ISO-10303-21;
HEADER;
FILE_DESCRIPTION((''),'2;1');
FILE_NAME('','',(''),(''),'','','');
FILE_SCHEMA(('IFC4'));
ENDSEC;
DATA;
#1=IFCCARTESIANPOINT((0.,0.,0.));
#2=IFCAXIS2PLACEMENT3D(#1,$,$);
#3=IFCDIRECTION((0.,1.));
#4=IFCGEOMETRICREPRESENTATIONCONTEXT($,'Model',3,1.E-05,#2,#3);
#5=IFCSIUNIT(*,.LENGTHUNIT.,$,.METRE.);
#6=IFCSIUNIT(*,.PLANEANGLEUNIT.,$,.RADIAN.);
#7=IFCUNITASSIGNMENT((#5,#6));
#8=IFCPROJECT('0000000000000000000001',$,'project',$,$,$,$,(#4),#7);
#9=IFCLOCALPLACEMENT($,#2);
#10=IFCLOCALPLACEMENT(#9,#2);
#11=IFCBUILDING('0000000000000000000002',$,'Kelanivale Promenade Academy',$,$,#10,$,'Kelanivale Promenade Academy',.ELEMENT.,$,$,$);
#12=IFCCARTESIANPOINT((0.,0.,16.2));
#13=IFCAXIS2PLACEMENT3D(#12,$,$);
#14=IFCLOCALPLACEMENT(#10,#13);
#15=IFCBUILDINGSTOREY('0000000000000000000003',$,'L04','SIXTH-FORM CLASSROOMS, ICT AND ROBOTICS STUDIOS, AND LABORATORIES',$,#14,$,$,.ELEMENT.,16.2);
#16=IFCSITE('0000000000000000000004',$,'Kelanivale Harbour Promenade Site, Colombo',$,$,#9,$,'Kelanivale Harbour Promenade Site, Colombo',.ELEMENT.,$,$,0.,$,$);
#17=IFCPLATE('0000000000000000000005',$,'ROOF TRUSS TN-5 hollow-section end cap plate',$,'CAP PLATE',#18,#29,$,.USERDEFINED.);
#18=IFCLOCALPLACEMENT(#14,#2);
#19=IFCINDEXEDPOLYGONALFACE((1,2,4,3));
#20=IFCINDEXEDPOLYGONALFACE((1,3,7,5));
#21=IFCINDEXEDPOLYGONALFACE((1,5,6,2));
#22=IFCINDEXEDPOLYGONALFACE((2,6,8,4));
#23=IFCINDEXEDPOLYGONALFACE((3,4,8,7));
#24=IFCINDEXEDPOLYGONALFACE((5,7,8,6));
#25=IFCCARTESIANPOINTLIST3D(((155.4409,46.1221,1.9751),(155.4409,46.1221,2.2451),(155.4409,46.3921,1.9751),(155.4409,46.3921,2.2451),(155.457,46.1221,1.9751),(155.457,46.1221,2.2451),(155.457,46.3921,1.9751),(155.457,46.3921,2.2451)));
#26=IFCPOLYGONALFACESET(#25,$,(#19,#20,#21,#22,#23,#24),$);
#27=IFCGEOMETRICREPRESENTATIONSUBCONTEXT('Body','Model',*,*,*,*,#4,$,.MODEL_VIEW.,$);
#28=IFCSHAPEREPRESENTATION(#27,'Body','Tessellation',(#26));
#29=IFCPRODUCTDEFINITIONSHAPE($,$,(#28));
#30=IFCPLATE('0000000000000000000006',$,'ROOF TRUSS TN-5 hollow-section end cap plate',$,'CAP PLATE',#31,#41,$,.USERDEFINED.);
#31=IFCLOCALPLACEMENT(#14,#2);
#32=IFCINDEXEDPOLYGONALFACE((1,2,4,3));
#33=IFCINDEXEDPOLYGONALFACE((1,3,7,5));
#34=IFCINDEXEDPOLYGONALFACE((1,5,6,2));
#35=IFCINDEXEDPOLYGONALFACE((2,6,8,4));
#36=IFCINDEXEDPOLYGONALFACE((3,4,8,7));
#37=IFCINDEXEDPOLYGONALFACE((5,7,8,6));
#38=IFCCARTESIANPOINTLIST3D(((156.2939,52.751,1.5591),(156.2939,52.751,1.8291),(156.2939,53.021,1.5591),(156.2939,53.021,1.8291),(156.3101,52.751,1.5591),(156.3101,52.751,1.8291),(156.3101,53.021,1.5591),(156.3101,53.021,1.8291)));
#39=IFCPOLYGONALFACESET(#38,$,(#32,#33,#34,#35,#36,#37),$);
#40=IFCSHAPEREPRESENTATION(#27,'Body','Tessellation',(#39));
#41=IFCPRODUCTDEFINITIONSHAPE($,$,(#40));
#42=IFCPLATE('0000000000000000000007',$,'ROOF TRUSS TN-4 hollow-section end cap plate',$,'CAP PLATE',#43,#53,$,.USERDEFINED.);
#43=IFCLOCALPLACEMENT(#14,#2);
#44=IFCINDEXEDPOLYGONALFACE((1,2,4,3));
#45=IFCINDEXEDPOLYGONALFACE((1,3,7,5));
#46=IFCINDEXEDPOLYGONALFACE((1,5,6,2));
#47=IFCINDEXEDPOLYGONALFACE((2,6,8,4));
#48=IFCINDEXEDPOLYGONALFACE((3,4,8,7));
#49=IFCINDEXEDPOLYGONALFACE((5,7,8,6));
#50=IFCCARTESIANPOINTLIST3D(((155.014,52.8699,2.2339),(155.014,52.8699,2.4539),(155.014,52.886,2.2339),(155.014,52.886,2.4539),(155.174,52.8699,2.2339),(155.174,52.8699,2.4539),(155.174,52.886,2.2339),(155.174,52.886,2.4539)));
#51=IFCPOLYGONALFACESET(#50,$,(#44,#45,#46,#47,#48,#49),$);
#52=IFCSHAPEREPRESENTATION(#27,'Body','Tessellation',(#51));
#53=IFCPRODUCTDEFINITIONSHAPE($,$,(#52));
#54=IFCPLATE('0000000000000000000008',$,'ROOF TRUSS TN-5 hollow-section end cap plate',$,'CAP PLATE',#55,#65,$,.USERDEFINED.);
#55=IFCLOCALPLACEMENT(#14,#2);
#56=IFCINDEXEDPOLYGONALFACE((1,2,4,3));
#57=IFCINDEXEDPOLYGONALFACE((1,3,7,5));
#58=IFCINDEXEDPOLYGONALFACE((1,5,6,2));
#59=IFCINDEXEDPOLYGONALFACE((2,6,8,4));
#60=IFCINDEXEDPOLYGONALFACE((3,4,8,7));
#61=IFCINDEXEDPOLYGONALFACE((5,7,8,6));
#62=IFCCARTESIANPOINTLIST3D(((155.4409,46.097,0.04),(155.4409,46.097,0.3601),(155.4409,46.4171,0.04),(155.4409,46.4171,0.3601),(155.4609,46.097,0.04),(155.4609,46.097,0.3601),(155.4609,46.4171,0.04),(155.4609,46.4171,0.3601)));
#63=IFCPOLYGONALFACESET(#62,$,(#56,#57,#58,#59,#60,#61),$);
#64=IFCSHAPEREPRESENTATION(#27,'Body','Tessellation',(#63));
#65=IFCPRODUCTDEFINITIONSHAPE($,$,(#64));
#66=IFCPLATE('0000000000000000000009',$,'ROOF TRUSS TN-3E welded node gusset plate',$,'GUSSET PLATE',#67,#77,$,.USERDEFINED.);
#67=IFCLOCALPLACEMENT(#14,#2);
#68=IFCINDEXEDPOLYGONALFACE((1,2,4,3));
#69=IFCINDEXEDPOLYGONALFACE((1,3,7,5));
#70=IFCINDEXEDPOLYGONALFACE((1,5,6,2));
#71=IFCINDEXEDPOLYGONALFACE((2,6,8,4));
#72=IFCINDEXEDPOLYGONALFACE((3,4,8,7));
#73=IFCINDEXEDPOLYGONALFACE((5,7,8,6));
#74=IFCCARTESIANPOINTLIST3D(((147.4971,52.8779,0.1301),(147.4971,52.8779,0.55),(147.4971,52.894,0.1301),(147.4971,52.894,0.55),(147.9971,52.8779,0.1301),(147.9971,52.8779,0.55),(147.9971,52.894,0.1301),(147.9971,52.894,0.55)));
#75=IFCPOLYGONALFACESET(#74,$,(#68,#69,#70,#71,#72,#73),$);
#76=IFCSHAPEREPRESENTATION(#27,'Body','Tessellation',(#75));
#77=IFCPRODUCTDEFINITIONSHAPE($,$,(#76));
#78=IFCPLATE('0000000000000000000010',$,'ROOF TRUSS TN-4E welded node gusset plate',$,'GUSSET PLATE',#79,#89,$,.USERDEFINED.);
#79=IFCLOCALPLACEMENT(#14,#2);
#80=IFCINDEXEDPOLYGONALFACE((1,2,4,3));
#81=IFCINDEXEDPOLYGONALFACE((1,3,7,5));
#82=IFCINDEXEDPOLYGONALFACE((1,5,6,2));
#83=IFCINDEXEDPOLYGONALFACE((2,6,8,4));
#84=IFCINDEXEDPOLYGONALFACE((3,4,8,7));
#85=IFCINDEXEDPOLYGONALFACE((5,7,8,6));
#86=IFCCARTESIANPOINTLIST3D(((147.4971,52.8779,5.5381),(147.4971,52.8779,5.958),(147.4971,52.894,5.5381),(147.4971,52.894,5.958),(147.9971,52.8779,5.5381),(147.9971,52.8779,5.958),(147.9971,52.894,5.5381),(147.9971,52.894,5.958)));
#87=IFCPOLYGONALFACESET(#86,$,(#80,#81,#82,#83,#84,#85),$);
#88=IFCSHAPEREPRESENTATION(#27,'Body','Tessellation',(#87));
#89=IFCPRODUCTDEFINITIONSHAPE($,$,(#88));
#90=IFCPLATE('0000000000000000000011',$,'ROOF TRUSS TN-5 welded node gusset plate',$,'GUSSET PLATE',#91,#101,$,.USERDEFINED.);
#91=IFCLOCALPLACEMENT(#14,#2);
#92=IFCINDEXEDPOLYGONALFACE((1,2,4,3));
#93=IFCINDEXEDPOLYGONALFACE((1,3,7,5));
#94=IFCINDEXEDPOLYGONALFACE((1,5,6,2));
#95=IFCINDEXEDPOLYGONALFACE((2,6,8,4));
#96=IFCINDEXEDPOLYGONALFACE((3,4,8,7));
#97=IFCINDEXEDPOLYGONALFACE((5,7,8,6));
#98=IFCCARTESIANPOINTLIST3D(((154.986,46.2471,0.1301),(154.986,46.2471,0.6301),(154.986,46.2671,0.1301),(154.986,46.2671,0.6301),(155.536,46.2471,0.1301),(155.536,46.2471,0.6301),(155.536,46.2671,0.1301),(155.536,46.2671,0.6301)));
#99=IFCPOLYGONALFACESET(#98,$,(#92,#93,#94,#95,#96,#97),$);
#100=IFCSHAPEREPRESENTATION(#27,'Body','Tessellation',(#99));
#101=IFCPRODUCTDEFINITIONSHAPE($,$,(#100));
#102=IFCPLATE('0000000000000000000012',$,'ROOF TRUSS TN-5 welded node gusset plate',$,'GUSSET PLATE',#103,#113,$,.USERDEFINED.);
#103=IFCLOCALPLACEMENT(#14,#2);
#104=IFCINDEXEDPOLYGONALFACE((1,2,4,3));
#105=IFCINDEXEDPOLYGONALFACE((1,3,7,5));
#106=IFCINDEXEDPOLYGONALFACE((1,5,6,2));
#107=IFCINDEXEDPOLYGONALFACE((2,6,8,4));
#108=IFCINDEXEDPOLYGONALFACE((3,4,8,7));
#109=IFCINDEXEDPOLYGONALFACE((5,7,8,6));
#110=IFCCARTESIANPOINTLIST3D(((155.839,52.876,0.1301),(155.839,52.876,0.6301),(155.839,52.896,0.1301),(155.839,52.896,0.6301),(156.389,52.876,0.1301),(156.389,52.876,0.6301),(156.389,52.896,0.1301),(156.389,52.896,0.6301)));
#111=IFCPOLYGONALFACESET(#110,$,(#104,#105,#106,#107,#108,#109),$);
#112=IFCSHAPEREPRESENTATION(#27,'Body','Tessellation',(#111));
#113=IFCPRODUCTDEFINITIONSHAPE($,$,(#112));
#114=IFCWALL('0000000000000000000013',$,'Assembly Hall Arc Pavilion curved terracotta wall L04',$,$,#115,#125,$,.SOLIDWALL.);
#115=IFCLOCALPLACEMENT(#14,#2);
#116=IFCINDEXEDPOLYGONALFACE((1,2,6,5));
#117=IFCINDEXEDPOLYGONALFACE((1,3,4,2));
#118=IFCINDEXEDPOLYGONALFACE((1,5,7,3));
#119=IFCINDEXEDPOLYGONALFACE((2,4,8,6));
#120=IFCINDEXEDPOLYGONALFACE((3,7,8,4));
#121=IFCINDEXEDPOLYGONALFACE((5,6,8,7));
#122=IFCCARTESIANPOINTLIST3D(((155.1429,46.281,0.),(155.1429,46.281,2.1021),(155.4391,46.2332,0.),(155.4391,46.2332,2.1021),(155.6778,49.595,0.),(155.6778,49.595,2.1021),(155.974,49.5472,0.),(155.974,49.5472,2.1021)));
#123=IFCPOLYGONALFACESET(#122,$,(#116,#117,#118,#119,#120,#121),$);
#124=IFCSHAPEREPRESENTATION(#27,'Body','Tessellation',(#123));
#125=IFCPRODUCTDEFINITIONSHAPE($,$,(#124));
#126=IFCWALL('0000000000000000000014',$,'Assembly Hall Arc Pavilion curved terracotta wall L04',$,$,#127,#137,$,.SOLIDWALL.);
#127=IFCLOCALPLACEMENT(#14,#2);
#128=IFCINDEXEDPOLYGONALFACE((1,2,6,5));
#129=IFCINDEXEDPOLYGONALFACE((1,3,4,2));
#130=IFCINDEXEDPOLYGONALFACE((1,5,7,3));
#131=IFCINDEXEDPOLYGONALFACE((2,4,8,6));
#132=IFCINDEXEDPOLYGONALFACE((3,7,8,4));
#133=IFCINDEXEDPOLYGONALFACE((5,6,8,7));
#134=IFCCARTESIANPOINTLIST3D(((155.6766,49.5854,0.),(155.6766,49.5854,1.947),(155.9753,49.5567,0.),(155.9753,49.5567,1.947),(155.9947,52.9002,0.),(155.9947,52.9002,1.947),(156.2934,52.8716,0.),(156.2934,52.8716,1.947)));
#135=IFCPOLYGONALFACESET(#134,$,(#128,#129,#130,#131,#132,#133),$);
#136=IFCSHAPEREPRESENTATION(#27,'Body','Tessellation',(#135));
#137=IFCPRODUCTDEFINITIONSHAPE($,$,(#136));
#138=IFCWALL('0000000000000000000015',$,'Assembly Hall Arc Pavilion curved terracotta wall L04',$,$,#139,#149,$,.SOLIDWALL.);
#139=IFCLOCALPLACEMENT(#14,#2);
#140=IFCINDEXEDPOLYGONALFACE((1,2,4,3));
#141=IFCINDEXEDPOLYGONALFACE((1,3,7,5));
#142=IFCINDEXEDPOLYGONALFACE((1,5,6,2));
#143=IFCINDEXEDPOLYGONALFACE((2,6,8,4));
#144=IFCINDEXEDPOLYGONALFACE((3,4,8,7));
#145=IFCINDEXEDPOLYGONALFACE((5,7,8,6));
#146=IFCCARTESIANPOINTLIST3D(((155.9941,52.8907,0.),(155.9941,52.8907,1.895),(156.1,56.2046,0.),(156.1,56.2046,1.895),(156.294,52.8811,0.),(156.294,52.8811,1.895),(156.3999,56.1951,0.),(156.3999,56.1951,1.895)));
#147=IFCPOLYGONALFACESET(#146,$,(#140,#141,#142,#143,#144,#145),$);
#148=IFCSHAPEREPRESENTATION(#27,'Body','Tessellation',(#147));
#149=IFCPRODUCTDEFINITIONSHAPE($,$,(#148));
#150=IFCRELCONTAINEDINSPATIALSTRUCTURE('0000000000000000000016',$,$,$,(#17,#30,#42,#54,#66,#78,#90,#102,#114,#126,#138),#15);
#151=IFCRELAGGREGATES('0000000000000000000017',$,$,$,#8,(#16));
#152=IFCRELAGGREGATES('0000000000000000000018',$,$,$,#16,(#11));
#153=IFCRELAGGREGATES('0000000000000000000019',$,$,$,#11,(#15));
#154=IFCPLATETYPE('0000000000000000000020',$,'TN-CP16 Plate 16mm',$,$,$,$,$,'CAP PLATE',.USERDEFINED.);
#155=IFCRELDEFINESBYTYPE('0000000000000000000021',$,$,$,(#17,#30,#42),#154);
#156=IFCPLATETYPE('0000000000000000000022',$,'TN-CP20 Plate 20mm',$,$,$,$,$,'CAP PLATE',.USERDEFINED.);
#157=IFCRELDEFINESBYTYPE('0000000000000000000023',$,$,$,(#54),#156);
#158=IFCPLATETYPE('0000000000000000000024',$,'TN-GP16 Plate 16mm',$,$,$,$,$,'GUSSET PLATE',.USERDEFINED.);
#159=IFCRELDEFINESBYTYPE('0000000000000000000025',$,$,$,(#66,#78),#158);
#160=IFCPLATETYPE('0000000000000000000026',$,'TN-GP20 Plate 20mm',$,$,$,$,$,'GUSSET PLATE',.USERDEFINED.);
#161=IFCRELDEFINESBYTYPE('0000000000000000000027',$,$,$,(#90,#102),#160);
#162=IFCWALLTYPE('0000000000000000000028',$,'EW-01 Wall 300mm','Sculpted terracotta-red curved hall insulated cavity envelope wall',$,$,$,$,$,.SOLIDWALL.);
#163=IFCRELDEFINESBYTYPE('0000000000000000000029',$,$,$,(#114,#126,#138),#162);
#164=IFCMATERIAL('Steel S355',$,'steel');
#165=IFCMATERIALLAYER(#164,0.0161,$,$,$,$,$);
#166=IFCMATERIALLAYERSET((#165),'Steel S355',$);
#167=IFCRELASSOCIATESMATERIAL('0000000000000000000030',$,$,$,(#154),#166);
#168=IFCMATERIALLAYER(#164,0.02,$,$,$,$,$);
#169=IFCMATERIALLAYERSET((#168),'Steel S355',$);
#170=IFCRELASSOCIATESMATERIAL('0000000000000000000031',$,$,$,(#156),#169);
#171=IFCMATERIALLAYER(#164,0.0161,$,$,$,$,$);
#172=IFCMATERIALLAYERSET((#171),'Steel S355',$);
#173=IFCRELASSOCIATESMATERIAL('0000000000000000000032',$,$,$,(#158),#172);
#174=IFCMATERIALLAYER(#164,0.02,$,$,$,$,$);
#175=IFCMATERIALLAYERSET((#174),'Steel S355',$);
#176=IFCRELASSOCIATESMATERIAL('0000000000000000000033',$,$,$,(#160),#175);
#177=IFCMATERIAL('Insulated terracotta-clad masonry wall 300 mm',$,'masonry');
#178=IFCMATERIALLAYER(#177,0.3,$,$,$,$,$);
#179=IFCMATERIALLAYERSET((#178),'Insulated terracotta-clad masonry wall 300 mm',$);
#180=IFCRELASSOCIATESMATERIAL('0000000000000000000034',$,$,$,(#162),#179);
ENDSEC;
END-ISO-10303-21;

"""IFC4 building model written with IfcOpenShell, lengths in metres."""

from ifc_helpers import new_model, si_unit, direction, frame, frame_2d, origin, origin_2d, place, context, subcontext, project, spatial, rectangle, extrude, material, layer, layer_set, type_object, element, save


model = new_model("IFC4")

# Units and contexts
model_context = context("Model", 3, precision=1e-05, world=origin(), true_north=direction((0.0, 1.0)))
body_context = subcontext(model_context, "Body", "Model", "MODEL_VIEW")
ifc_project = project(units=[si_unit("LENGTHUNIT", "METRE"), si_unit("PLANEANGLEUNIT", "RADIAN")], contexts=[model_context])

# Site, building, storey
site_placement = place(None, origin())
site = spatial("IfcSite", under=ifc_project, at=site_placement, Name="Kelanivale Harbour Promenade Site, Colombo", LongName="Kelanivale Harbour Promenade Site, Colombo", CompositionType="ELEMENT", RefElevation=0.0)
building_placement = place(site_placement, origin())
building = spatial("IfcBuilding", under=site, at=building_placement, Name="Kelanivale Promenade Academy", LongName="Kelanivale Promenade Academy", CompositionType="ELEMENT")
storey_placement = place(building_placement, frame((0.0, 0.0, 16.2)))
storey = spatial("IfcBuildingStorey", under=building, at=storey_placement, Name="L04", Description="SIXTH-FORM CLASSROOMS, ICT AND ROBOTICS STUDIOS, AND LABORATORIES", CompositionType="ELEMENT", Elevation=16.2)

# Shared definitions
ifc_material_1 = material(Name="Steel S355", Category="steel")

# Plates
ifc_layer_1 = layer(ifc_material_1, 0.0161)
ifc_layer_set_1 = layer_set([ifc_layer_1], Name="Steel S355")
plate_type_1 = type_object("IfcPlateType", Name="TN-CP16 Plate 16mm", ElementType="CAP PLATE", PredefinedType="USERDEFINED", material=ifc_layer_set_1)
for number, where, z_axis, x_axis, name in (
    (1, (155.449, 46.2571, 1.9751), (0.0, 0.0, 1.0), (1.0, 0.0, 0.0), "ROOF TRUSS TN-5 hollow-section end cap plate"),
    (2, (156.302, 52.886, 1.5591), (0.0, 0.0, 1.0), (1.0, 0.0, 0.0), "ROOF TRUSS TN-5 hollow-section end cap plate"),
):
    element("IfcPlate", number, at=place(storey_placement, frame(where, z_axis=z_axis, x_axis=x_axis)), inside=storey, type_object=plate_type_1, Name=name, ObjectType="CAP PLATE", PredefinedType="USERDEFINED", context=body_context, shape_type="SweptSolid", body=[
        extrude(rectangle(XDim=0.0161, YDim=0.27, at=origin_2d()), origin(), (0.0, 0.0, 1.0), 0.27),
    ])
plate_1_placement = place(storey_placement, frame((155.094, 52.8779, 2.2339), z_axis=(0.0, 0.0, 1.0), x_axis=(0.0, -1.0, 0.0)))
element("IfcPlate", 3, at=plate_1_placement, inside=storey, type_object=plate_type_1, Name="ROOF TRUSS TN-4 hollow-section end cap plate", ObjectType="CAP PLATE", PredefinedType="USERDEFINED", context=body_context, shape_type="SweptSolid", body=[
    extrude(rectangle(XDim=0.0161, YDim=0.1599, at=origin_2d()), origin(), (0.0, 0.0, 1.0), 0.22),
])
ifc_layer_2 = layer(ifc_material_1, 0.02)
ifc_layer_set_2 = layer_set([ifc_layer_2], Name="Steel S355")
plate_type_2 = type_object("IfcPlateType", Name="TN-CP20 Plate 20mm", ElementType="CAP PLATE", PredefinedType="USERDEFINED", material=ifc_layer_set_2)
plate_2_placement = place(storey_placement, frame((155.4509, 46.2571, 0.04), z_axis=(0.0, 0.0, 1.0), x_axis=(1.0, 0.0, 0.0)))
element("IfcPlate", 4, at=plate_2_placement, inside=storey, type_object=plate_type_2, Name="ROOF TRUSS TN-5 hollow-section end cap plate", ObjectType="CAP PLATE", PredefinedType="USERDEFINED", context=body_context, shape_type="SweptSolid", body=[
    extrude(rectangle(XDim=0.02, YDim=0.3201, at=origin_2d()), origin(), (0.0, 0.0, 1.0), 0.3201),
])
ifc_layer_3 = layer(ifc_material_1, 0.0161)
ifc_layer_set_3 = layer_set([ifc_layer_3], Name="Steel S355")
plate_type_3 = type_object("IfcPlateType", Name="TN-GP16 Plate 16mm", ElementType="GUSSET PLATE", PredefinedType="USERDEFINED", material=ifc_layer_set_3)
for number, where, z_axis, x_axis, name in (
    (5, (147.7471, 52.886, 0.1301), (0.0, 0.0, 1.0), (1.0, 0.0, 0.0), "ROOF TRUSS TN-3E welded node gusset plate"),
    (6, (147.7471, 52.886, 5.5381), (0.0, 0.0, 1.0), (1.0, 0.0, 0.0), "ROOF TRUSS TN-4E welded node gusset plate"),
):
    element("IfcPlate", number, at=place(storey_placement, frame(where, z_axis=z_axis, x_axis=x_axis)), inside=storey, type_object=plate_type_3, Name=name, ObjectType="GUSSET PLATE", PredefinedType="USERDEFINED", context=body_context, shape_type="SweptSolid", body=[
        extrude(rectangle(XDim=0.5, YDim=0.0161, at=origin_2d()), origin(), (0.0, 0.0, 1.0), 0.4199),
    ])
ifc_layer_4 = layer(ifc_material_1, 0.02)
ifc_layer_set_4 = layer_set([ifc_layer_4], Name="Steel S355")
plate_type_4 = type_object("IfcPlateType", Name="TN-GP20 Plate 20mm", ElementType="GUSSET PLATE", PredefinedType="USERDEFINED", material=ifc_layer_set_4)
for number, where, z_axis, x_axis, name in (
    (7, (155.261, 46.2571, 0.1301), (0.0, 0.0, 1.0), (1.0, 0.0, 0.0), "ROOF TRUSS TN-5 welded node gusset plate"),
    (8, (156.114, 52.886, 0.1301), (0.0, 0.0, 1.0), (1.0, 0.0, 0.0), "ROOF TRUSS TN-5 welded node gusset plate"),
):
    element("IfcPlate", number, at=place(storey_placement, frame(where, z_axis=z_axis, x_axis=x_axis)), inside=storey, type_object=plate_type_4, Name=name, ObjectType="GUSSET PLATE", PredefinedType="USERDEFINED", context=body_context, shape_type="SweptSolid", body=[
        extrude(rectangle(XDim=0.55, YDim=0.02, at=origin_2d()), origin(), (0.0, 0.0, 1.0), 0.5),
    ])

# Walls
ifc_material_2 = material(Name="Insulated terracotta-clad masonry wall 300 mm", Category="masonry")
ifc_layer_5 = layer(ifc_material_2, 0.3)
ifc_layer_set_5 = layer_set([ifc_layer_5], Name="Insulated terracotta-clad masonry wall 300 mm")
wall_type = type_object("IfcWallType", Name="EW-01 Wall 300mm", Description="Sculpted terracotta-red curved hall insulated cavity envelope wall", PredefinedType="SOLIDWALL", material=ifc_layer_set_5)
wall_1_placement = place(storey_placement, frame((155.291, 46.2571, 0.0), z_axis=(0.0, 0.0, 1.0), x_axis=(0.159349, 0.987222, 0.0)))
element("IfcWall", 9, at=wall_1_placement, inside=storey, type_object=wall_type, Name="Assembly Hall Arc Pavilion curved terracotta wall L04", PredefinedType="SOLIDWALL", context=body_context, shape_type="SweptSolid", body=[
    extrude(rectangle(XDim=3.3569, YDim=0.3, at=frame_2d((1.6785, 0.0))), origin(), (0.0, 0.0, 1.0), 2.1021),
])
wall_2_placement = place(storey_placement, frame((155.8259, 49.571, 0.0), z_axis=(0.0, 0.0, 1.0), x_axis=(0.095525, 0.995427, 0.0)))
element("IfcWall", 10, at=wall_2_placement, inside=storey, type_object=wall_type, Name="Assembly Hall Arc Pavilion curved terracotta wall L04", PredefinedType="SOLIDWALL", context=body_context, shape_type="SweptSolid", body=[
    extrude(rectangle(XDim=3.3301, YDim=0.3, at=frame_2d((1.665, 0.0))), origin(), (0.0, 0.0, 1.0), 1.947),
])
wall_3_placement = place(storey_placement, frame((156.144, 52.886, 0.0), z_axis=(0.0, 0.0, 1.0), x_axis=(0.031957, 0.999489, 0.0)))
element("IfcWall", 11, at=wall_3_placement, inside=storey, type_object=wall_type, Name="Assembly Hall Arc Pavilion curved terracotta wall L04", PredefinedType="SOLIDWALL", context=body_context, shape_type="SweptSolid", body=[
    extrude(rectangle(XDim=3.3157, YDim=0.3, at=frame_2d((1.6577, 0.0))), origin(), (0.0, 0.0, 1.0), 1.895),
])

save(model, "model.ifc")
